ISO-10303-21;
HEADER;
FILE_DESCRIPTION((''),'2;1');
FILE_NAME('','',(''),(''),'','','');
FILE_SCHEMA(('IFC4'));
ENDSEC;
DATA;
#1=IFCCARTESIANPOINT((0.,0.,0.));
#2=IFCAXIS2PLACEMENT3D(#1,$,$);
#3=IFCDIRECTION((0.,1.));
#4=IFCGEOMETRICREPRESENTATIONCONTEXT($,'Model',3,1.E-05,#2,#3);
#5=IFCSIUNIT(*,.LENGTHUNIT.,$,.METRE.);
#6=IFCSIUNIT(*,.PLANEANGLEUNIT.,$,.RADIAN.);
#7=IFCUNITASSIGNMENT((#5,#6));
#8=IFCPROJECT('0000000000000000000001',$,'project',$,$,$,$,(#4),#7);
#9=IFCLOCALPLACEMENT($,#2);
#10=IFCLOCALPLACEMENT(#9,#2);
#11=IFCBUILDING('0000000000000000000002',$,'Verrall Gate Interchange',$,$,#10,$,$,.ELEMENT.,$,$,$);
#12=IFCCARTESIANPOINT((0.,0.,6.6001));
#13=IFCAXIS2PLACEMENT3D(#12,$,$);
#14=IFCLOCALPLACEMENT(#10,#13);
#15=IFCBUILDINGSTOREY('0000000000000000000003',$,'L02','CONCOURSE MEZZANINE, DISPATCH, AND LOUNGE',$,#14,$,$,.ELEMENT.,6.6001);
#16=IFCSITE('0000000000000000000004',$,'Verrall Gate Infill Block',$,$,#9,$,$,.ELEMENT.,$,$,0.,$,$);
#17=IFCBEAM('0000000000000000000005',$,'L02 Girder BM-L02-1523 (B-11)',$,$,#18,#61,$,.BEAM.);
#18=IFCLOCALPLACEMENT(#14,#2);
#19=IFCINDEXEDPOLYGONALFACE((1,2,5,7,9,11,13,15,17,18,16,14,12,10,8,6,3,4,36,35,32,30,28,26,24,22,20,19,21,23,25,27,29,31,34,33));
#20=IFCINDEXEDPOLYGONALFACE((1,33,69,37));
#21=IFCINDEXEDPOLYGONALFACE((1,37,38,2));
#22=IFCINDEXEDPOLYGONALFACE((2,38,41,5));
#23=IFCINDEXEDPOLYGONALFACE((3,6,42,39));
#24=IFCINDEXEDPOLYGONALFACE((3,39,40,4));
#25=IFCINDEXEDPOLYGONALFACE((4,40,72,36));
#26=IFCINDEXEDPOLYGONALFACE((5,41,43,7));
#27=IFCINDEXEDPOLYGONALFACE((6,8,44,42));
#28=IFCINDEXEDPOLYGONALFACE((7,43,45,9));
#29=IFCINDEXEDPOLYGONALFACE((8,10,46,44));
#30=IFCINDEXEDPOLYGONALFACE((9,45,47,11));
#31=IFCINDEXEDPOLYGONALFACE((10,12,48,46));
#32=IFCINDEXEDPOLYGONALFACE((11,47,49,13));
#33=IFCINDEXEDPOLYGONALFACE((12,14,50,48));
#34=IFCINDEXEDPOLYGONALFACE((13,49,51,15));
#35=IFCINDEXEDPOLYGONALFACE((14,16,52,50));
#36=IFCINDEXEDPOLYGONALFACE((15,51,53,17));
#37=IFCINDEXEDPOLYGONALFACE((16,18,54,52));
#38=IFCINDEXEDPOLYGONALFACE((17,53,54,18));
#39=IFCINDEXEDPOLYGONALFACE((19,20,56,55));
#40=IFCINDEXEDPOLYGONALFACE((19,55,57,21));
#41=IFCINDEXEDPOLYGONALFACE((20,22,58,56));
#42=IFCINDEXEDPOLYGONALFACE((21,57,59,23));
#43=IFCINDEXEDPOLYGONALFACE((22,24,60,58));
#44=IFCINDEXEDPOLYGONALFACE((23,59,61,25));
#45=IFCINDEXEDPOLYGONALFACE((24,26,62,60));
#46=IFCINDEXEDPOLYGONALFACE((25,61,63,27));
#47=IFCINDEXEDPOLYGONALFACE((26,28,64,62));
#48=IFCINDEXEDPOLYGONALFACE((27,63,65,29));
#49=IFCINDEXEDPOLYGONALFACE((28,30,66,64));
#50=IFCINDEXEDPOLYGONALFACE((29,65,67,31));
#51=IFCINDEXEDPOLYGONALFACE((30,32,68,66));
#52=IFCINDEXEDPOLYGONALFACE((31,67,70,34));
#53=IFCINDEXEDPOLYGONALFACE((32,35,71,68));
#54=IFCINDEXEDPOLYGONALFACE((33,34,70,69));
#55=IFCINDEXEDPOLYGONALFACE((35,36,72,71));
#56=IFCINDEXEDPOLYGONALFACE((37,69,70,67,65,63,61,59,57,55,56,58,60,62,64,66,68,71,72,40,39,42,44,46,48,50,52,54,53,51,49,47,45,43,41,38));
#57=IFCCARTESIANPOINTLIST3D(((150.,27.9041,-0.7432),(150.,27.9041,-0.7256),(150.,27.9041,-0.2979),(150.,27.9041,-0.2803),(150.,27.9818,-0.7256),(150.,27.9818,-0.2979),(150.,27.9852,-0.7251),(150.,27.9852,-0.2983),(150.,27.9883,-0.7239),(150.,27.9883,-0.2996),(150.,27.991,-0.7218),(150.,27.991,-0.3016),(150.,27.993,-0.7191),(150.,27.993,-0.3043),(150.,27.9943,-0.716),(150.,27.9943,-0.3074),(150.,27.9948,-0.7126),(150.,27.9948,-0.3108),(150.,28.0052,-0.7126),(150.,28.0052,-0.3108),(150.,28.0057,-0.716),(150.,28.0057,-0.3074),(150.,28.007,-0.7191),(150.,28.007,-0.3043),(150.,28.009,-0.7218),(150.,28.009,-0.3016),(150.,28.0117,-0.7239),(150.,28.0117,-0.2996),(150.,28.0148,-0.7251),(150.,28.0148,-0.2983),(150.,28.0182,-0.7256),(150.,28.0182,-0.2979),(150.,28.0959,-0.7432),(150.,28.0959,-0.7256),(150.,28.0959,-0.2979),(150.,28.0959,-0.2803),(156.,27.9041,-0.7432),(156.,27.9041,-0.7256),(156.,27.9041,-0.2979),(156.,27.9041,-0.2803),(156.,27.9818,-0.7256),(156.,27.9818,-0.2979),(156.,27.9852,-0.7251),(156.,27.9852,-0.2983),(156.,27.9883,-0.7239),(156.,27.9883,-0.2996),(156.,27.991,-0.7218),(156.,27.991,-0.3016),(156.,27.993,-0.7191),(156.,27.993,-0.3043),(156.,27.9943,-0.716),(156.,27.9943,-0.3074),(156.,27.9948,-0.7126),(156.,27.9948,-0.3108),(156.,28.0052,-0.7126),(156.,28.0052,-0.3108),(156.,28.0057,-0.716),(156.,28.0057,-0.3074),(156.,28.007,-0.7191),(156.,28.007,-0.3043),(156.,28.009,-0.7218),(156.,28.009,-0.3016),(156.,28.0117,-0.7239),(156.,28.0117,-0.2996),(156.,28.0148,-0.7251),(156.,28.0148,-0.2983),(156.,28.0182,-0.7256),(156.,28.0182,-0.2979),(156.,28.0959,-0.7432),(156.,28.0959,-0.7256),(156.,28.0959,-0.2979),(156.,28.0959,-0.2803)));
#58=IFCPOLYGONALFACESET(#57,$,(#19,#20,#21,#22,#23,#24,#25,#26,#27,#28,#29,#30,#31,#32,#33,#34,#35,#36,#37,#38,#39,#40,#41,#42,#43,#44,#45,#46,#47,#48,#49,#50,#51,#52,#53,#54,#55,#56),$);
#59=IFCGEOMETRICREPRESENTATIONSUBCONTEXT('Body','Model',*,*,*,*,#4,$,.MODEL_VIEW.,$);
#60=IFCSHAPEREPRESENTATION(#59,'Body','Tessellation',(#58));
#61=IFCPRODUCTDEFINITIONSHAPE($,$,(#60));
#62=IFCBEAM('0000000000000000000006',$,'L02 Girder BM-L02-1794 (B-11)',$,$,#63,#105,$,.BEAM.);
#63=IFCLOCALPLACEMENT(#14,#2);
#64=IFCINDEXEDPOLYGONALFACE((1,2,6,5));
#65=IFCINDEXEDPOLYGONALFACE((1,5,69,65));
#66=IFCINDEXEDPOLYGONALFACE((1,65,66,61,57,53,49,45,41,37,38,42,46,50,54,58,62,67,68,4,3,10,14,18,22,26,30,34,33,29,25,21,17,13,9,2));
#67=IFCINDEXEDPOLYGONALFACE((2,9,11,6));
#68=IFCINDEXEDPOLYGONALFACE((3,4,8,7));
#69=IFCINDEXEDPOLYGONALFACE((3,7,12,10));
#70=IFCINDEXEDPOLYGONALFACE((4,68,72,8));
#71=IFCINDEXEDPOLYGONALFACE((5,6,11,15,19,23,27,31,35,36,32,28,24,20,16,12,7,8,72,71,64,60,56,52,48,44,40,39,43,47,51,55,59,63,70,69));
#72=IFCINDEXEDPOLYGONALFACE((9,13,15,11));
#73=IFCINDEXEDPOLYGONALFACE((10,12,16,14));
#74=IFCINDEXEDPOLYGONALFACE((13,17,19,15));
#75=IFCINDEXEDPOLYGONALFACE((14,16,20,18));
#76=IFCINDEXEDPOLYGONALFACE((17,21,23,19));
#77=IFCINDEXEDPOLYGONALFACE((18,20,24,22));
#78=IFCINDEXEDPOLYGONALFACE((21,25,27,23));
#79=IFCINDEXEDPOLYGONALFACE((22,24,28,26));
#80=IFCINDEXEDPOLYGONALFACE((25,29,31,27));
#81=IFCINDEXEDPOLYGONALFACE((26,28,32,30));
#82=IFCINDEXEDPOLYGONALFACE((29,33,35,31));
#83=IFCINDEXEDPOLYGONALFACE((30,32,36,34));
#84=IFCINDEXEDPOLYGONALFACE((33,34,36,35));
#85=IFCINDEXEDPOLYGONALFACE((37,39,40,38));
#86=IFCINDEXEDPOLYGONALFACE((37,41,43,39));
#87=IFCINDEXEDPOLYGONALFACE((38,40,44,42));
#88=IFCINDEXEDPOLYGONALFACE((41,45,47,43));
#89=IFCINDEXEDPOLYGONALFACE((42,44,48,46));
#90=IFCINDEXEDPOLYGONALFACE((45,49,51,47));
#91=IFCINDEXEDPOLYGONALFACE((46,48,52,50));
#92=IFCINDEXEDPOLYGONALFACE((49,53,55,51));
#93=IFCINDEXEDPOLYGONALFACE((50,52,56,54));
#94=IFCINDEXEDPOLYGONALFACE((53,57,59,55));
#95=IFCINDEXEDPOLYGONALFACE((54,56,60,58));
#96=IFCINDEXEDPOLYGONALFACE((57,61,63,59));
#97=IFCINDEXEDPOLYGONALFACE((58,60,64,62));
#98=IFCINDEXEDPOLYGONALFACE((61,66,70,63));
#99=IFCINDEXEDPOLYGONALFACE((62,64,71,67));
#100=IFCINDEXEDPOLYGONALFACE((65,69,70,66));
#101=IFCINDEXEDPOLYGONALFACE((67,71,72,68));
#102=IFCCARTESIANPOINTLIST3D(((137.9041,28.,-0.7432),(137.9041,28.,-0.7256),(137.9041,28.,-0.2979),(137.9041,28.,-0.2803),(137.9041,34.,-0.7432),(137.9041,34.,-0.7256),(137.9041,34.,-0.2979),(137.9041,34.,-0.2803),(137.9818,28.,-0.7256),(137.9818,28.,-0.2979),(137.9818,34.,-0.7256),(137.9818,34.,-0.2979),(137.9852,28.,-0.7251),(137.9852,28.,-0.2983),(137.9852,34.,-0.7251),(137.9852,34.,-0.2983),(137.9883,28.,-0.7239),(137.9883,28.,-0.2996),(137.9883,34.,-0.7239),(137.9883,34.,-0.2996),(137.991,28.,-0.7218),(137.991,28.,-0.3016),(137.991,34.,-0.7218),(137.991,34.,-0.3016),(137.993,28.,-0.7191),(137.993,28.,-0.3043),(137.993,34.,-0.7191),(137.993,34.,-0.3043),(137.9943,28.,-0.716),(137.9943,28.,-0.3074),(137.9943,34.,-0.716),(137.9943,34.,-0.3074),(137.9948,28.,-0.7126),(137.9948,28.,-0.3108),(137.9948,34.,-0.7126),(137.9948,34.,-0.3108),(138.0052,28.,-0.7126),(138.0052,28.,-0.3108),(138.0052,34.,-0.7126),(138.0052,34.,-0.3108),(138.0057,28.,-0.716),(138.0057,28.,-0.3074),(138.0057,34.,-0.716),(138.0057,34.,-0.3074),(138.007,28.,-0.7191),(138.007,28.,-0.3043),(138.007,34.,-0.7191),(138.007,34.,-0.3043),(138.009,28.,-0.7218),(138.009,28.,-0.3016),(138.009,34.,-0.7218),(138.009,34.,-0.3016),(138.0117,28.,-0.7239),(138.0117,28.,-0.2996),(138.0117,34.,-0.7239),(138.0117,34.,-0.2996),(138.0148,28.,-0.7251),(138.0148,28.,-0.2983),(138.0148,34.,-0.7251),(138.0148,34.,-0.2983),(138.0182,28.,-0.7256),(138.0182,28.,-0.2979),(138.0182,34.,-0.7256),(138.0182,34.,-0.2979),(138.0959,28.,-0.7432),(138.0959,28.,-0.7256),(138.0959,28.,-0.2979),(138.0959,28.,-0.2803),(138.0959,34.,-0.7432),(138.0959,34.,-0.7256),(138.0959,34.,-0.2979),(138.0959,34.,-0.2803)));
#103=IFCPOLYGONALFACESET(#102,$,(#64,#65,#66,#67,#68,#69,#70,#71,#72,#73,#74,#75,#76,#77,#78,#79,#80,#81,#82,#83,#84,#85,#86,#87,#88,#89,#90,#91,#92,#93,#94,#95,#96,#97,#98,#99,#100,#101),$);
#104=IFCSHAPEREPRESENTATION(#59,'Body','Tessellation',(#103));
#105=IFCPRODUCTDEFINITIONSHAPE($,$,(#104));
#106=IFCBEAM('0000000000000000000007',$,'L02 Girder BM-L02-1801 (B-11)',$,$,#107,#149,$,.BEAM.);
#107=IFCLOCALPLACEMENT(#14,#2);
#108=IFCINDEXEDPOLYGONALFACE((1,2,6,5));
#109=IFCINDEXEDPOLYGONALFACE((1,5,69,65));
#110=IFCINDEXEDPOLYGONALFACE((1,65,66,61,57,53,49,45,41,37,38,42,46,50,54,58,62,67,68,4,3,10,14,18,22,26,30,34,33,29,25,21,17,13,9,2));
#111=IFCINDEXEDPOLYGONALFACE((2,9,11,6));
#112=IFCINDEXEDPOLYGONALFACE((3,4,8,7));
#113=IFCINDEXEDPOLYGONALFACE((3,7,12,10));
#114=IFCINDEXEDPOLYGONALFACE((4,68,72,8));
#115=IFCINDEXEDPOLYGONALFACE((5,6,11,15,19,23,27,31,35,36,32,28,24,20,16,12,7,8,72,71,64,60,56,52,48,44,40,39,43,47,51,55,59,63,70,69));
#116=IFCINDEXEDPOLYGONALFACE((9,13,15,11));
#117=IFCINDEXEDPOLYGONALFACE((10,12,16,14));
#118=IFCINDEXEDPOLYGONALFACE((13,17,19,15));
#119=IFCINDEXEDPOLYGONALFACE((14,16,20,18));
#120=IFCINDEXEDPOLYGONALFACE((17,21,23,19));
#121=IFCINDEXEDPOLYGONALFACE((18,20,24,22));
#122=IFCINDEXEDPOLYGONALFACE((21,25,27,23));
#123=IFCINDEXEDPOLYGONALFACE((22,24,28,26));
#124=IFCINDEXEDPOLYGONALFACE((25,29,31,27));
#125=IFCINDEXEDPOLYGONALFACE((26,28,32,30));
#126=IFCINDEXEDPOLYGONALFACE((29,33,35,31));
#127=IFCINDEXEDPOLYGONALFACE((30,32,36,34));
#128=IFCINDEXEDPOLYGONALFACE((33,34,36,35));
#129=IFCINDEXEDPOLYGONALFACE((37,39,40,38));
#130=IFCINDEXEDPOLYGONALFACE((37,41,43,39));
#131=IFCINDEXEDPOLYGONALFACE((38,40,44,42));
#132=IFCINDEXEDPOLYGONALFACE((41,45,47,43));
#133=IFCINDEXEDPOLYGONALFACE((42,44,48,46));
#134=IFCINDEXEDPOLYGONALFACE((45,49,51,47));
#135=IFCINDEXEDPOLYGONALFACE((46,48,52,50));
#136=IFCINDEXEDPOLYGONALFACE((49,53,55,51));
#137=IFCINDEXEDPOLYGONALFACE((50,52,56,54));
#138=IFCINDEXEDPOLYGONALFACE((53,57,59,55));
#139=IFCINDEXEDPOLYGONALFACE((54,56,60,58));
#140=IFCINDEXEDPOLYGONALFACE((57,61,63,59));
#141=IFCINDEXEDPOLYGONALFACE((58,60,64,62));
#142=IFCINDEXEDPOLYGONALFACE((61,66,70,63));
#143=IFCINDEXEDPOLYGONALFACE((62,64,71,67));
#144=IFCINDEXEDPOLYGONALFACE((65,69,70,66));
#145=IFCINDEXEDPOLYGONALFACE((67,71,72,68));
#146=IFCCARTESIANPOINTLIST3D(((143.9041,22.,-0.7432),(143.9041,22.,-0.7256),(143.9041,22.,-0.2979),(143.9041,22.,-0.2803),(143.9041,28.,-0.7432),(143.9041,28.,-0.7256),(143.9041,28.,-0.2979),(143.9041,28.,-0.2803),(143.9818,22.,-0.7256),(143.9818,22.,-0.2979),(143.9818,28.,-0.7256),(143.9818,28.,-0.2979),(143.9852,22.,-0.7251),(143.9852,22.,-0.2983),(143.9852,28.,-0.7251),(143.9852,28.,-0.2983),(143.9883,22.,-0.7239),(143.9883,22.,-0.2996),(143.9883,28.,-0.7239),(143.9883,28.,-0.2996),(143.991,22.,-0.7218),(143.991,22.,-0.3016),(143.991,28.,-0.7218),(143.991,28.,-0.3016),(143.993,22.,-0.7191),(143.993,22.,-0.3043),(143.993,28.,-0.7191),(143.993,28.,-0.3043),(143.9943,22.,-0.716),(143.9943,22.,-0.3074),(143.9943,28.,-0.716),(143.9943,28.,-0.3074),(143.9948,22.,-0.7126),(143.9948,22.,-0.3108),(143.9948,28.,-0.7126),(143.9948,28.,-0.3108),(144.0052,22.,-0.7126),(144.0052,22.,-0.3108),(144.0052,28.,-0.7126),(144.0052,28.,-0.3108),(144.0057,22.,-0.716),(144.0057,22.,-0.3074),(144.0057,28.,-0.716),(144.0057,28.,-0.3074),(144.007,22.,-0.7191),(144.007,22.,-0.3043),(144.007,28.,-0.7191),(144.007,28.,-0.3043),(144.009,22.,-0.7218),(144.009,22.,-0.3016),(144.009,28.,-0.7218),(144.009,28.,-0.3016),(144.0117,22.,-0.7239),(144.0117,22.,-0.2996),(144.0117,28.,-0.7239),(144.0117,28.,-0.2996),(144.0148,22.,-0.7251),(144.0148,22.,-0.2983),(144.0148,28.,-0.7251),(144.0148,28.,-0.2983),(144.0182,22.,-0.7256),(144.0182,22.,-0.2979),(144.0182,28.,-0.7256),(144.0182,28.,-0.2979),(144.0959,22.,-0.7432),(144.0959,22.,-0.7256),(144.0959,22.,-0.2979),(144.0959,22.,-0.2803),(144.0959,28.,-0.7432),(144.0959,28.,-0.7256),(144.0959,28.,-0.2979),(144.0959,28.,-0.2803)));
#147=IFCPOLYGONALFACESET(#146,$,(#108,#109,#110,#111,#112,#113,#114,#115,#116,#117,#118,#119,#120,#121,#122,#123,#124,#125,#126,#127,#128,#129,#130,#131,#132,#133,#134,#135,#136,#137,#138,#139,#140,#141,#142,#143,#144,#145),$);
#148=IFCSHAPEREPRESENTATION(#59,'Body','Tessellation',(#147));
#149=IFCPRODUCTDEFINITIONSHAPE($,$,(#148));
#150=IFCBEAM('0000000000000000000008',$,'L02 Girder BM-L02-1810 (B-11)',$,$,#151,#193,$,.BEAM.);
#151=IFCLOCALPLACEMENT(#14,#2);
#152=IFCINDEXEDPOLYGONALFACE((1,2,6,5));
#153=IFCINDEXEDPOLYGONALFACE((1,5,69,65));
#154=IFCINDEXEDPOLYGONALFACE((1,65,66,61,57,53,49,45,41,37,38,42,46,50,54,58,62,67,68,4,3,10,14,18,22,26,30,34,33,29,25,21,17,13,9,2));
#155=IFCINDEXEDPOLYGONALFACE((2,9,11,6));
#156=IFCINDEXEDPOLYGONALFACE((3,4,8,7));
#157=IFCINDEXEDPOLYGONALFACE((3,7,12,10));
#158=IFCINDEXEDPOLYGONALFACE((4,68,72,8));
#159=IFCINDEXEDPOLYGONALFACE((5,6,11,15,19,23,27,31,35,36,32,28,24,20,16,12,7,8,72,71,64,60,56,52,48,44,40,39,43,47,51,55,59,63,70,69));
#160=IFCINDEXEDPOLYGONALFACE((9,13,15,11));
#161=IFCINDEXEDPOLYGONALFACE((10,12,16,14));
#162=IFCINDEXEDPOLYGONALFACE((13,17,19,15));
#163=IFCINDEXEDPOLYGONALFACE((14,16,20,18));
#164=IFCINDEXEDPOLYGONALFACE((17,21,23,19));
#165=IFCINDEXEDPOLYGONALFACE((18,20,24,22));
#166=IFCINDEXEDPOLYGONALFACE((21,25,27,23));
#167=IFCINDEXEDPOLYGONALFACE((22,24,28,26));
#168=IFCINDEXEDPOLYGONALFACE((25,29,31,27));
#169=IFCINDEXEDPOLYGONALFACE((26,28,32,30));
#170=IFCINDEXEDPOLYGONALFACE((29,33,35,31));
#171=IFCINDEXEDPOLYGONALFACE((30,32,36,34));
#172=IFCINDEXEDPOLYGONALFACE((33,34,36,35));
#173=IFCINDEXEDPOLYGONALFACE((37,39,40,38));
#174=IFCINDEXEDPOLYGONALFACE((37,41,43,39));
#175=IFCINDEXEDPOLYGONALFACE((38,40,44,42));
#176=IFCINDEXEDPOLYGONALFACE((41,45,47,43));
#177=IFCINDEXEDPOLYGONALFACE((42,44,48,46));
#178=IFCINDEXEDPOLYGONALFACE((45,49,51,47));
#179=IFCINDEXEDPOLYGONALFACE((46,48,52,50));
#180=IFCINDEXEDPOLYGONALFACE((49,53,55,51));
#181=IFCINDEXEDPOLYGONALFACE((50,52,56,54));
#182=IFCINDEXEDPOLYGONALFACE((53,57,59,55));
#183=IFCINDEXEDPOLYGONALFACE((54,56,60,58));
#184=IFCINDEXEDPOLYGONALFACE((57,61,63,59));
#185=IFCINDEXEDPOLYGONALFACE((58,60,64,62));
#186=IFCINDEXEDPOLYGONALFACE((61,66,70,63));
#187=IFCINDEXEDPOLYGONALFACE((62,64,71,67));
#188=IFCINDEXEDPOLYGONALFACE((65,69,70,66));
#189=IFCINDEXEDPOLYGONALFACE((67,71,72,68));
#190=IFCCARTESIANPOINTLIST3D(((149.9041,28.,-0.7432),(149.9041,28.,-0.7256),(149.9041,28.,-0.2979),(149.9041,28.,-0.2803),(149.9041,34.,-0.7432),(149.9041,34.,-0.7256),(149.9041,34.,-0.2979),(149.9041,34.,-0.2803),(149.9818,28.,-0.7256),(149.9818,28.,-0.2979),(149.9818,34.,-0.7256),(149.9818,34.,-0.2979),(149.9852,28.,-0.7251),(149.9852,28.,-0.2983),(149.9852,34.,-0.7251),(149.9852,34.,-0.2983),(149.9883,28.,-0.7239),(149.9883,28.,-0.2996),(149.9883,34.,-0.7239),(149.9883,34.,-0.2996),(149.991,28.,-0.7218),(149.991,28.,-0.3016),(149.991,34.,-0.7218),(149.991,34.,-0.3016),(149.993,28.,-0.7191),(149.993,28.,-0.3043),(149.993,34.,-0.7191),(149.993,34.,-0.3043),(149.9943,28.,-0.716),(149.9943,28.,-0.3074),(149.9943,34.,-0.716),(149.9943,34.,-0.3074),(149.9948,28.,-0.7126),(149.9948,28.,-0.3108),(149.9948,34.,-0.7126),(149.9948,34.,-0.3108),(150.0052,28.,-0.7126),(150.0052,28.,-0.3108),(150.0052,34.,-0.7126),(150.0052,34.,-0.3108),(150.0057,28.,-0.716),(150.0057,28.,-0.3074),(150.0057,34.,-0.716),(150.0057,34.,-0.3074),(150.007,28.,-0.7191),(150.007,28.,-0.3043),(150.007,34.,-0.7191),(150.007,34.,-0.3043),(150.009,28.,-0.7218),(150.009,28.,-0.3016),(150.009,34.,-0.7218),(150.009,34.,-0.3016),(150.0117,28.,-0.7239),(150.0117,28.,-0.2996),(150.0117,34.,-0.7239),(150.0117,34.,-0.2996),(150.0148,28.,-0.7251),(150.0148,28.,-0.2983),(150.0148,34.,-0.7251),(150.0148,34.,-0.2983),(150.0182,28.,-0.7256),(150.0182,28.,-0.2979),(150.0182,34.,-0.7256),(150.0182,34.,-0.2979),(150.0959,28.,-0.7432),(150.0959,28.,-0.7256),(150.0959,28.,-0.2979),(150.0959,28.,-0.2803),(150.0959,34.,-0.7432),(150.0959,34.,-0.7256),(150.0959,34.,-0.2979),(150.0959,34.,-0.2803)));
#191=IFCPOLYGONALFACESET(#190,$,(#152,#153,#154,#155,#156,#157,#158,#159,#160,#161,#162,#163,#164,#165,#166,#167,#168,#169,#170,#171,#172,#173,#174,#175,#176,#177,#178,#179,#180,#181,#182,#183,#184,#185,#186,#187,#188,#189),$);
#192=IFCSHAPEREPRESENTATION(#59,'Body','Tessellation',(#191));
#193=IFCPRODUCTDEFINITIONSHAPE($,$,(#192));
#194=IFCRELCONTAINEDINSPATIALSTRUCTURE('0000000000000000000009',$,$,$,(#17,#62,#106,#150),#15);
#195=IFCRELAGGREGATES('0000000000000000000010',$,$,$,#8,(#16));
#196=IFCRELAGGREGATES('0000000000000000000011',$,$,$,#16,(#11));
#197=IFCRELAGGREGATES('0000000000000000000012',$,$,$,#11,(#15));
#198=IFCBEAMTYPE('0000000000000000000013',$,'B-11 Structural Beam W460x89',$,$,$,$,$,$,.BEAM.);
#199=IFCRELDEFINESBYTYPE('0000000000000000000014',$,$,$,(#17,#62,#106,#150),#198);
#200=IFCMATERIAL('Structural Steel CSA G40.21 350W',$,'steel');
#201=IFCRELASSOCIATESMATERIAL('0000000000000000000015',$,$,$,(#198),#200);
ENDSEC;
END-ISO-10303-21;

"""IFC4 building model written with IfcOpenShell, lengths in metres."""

from ifc_helpers import new_model, si_unit, direction, frame, origin, origin_2d, place, context, subcontext, project, spatial, i_section, extrude, material, material_profile, profile_set, type_object, element, save


model = new_model("IFC4")

# Units and contexts
model_context = context("Model", 3, precision=1e-05, world=origin(), true_north=direction((0.0, 1.0)))
body_context = subcontext(model_context, "Body", "Model", "MODEL_VIEW")
ifc_project = project(units=[si_unit("LENGTHUNIT", "METRE"), si_unit("PLANEANGLEUNIT", "RADIAN")], contexts=[model_context])

# Site, building, storey
site_placement = place(None, origin())
site = spatial("IfcSite", under=ifc_project, at=site_placement, Name="Verrall Gate Infill Block", CompositionType="ELEMENT", RefElevation=0.0)
building_placement = place(site_placement, origin())
building = spatial("IfcBuilding", under=site, at=building_placement, Name="Verrall Gate Interchange", CompositionType="ELEMENT")
storey_placement = place(building_placement, frame((0.0, 0.0, 6.6001)))
storey = spatial("IfcBuildingStorey", under=building, at=storey_placement, Name="L02", Description="CONCOURSE MEZZANINE, DISPATCH, AND LOUNGE", CompositionType="ELEMENT", Elevation=6.6001)

# Beams
ifc_material_1 = material(Name="Structural Steel CSA G40.21 350W", Category="steel")
ifc_material_profile_1 = material_profile(ifc_material_1, i_section(OverallWidth=0.1919, OverallDepth=0.4629, WebThickness=0.0105, FlangeThickness=0.0176, FilletRadius=0.0129, at=origin_2d()), Name="W460x89")
ifc_profile_set_1 = profile_set([ifc_material_profile_1], Name="Structural Steel CSA G40.21 350W")
beam_type_1 = type_object("IfcBeamType", Name="B-11 Structural Beam W460x89", PredefinedType="BEAM", material=ifc_profile_set_1)
for number, where, z_axis, x_axis, name in (
    (1, (150.0, 28.0, -0.5117), (1.0, 0.0, 0.0), (0.0, 1.0, 0.0), "L02 Girder BM-L02-1523 (B-11)"),
    (2, (138.0, 28.0, -0.5117), (0.0, 1.0, 0.0), (-1.0, 0.0, 0.0), "L02 Girder BM-L02-1794 (B-11)"),
    (3, (144.0, 22.0, -0.5117), (0.0, 1.0, 0.0), (-1.0, 0.0, 0.0), "L02 Girder BM-L02-1801 (B-11)"),
    (4, (150.0, 28.0, -0.5117), (0.0, 1.0, 0.0), (-1.0, 0.0, 0.0), "L02 Girder BM-L02-1810 (B-11)"),
):
    element("IfcBeam", number, at=place(storey_placement, frame(where, z_axis=z_axis, x_axis=x_axis)), inside=storey, type_object=beam_type_1, Name=name, PredefinedType="BEAM", context=body_context, shape_type="SweptSolid", body=[
        extrude(i_section(OverallWidth=0.1919, OverallDepth=0.4629, WebThickness=0.0105, FlangeThickness=0.0176, FilletRadius=0.0129, at=origin_2d()), origin(), (0.0, 0.0, 1.0), 6.0),
    ])

save(model, "model.ifc")
